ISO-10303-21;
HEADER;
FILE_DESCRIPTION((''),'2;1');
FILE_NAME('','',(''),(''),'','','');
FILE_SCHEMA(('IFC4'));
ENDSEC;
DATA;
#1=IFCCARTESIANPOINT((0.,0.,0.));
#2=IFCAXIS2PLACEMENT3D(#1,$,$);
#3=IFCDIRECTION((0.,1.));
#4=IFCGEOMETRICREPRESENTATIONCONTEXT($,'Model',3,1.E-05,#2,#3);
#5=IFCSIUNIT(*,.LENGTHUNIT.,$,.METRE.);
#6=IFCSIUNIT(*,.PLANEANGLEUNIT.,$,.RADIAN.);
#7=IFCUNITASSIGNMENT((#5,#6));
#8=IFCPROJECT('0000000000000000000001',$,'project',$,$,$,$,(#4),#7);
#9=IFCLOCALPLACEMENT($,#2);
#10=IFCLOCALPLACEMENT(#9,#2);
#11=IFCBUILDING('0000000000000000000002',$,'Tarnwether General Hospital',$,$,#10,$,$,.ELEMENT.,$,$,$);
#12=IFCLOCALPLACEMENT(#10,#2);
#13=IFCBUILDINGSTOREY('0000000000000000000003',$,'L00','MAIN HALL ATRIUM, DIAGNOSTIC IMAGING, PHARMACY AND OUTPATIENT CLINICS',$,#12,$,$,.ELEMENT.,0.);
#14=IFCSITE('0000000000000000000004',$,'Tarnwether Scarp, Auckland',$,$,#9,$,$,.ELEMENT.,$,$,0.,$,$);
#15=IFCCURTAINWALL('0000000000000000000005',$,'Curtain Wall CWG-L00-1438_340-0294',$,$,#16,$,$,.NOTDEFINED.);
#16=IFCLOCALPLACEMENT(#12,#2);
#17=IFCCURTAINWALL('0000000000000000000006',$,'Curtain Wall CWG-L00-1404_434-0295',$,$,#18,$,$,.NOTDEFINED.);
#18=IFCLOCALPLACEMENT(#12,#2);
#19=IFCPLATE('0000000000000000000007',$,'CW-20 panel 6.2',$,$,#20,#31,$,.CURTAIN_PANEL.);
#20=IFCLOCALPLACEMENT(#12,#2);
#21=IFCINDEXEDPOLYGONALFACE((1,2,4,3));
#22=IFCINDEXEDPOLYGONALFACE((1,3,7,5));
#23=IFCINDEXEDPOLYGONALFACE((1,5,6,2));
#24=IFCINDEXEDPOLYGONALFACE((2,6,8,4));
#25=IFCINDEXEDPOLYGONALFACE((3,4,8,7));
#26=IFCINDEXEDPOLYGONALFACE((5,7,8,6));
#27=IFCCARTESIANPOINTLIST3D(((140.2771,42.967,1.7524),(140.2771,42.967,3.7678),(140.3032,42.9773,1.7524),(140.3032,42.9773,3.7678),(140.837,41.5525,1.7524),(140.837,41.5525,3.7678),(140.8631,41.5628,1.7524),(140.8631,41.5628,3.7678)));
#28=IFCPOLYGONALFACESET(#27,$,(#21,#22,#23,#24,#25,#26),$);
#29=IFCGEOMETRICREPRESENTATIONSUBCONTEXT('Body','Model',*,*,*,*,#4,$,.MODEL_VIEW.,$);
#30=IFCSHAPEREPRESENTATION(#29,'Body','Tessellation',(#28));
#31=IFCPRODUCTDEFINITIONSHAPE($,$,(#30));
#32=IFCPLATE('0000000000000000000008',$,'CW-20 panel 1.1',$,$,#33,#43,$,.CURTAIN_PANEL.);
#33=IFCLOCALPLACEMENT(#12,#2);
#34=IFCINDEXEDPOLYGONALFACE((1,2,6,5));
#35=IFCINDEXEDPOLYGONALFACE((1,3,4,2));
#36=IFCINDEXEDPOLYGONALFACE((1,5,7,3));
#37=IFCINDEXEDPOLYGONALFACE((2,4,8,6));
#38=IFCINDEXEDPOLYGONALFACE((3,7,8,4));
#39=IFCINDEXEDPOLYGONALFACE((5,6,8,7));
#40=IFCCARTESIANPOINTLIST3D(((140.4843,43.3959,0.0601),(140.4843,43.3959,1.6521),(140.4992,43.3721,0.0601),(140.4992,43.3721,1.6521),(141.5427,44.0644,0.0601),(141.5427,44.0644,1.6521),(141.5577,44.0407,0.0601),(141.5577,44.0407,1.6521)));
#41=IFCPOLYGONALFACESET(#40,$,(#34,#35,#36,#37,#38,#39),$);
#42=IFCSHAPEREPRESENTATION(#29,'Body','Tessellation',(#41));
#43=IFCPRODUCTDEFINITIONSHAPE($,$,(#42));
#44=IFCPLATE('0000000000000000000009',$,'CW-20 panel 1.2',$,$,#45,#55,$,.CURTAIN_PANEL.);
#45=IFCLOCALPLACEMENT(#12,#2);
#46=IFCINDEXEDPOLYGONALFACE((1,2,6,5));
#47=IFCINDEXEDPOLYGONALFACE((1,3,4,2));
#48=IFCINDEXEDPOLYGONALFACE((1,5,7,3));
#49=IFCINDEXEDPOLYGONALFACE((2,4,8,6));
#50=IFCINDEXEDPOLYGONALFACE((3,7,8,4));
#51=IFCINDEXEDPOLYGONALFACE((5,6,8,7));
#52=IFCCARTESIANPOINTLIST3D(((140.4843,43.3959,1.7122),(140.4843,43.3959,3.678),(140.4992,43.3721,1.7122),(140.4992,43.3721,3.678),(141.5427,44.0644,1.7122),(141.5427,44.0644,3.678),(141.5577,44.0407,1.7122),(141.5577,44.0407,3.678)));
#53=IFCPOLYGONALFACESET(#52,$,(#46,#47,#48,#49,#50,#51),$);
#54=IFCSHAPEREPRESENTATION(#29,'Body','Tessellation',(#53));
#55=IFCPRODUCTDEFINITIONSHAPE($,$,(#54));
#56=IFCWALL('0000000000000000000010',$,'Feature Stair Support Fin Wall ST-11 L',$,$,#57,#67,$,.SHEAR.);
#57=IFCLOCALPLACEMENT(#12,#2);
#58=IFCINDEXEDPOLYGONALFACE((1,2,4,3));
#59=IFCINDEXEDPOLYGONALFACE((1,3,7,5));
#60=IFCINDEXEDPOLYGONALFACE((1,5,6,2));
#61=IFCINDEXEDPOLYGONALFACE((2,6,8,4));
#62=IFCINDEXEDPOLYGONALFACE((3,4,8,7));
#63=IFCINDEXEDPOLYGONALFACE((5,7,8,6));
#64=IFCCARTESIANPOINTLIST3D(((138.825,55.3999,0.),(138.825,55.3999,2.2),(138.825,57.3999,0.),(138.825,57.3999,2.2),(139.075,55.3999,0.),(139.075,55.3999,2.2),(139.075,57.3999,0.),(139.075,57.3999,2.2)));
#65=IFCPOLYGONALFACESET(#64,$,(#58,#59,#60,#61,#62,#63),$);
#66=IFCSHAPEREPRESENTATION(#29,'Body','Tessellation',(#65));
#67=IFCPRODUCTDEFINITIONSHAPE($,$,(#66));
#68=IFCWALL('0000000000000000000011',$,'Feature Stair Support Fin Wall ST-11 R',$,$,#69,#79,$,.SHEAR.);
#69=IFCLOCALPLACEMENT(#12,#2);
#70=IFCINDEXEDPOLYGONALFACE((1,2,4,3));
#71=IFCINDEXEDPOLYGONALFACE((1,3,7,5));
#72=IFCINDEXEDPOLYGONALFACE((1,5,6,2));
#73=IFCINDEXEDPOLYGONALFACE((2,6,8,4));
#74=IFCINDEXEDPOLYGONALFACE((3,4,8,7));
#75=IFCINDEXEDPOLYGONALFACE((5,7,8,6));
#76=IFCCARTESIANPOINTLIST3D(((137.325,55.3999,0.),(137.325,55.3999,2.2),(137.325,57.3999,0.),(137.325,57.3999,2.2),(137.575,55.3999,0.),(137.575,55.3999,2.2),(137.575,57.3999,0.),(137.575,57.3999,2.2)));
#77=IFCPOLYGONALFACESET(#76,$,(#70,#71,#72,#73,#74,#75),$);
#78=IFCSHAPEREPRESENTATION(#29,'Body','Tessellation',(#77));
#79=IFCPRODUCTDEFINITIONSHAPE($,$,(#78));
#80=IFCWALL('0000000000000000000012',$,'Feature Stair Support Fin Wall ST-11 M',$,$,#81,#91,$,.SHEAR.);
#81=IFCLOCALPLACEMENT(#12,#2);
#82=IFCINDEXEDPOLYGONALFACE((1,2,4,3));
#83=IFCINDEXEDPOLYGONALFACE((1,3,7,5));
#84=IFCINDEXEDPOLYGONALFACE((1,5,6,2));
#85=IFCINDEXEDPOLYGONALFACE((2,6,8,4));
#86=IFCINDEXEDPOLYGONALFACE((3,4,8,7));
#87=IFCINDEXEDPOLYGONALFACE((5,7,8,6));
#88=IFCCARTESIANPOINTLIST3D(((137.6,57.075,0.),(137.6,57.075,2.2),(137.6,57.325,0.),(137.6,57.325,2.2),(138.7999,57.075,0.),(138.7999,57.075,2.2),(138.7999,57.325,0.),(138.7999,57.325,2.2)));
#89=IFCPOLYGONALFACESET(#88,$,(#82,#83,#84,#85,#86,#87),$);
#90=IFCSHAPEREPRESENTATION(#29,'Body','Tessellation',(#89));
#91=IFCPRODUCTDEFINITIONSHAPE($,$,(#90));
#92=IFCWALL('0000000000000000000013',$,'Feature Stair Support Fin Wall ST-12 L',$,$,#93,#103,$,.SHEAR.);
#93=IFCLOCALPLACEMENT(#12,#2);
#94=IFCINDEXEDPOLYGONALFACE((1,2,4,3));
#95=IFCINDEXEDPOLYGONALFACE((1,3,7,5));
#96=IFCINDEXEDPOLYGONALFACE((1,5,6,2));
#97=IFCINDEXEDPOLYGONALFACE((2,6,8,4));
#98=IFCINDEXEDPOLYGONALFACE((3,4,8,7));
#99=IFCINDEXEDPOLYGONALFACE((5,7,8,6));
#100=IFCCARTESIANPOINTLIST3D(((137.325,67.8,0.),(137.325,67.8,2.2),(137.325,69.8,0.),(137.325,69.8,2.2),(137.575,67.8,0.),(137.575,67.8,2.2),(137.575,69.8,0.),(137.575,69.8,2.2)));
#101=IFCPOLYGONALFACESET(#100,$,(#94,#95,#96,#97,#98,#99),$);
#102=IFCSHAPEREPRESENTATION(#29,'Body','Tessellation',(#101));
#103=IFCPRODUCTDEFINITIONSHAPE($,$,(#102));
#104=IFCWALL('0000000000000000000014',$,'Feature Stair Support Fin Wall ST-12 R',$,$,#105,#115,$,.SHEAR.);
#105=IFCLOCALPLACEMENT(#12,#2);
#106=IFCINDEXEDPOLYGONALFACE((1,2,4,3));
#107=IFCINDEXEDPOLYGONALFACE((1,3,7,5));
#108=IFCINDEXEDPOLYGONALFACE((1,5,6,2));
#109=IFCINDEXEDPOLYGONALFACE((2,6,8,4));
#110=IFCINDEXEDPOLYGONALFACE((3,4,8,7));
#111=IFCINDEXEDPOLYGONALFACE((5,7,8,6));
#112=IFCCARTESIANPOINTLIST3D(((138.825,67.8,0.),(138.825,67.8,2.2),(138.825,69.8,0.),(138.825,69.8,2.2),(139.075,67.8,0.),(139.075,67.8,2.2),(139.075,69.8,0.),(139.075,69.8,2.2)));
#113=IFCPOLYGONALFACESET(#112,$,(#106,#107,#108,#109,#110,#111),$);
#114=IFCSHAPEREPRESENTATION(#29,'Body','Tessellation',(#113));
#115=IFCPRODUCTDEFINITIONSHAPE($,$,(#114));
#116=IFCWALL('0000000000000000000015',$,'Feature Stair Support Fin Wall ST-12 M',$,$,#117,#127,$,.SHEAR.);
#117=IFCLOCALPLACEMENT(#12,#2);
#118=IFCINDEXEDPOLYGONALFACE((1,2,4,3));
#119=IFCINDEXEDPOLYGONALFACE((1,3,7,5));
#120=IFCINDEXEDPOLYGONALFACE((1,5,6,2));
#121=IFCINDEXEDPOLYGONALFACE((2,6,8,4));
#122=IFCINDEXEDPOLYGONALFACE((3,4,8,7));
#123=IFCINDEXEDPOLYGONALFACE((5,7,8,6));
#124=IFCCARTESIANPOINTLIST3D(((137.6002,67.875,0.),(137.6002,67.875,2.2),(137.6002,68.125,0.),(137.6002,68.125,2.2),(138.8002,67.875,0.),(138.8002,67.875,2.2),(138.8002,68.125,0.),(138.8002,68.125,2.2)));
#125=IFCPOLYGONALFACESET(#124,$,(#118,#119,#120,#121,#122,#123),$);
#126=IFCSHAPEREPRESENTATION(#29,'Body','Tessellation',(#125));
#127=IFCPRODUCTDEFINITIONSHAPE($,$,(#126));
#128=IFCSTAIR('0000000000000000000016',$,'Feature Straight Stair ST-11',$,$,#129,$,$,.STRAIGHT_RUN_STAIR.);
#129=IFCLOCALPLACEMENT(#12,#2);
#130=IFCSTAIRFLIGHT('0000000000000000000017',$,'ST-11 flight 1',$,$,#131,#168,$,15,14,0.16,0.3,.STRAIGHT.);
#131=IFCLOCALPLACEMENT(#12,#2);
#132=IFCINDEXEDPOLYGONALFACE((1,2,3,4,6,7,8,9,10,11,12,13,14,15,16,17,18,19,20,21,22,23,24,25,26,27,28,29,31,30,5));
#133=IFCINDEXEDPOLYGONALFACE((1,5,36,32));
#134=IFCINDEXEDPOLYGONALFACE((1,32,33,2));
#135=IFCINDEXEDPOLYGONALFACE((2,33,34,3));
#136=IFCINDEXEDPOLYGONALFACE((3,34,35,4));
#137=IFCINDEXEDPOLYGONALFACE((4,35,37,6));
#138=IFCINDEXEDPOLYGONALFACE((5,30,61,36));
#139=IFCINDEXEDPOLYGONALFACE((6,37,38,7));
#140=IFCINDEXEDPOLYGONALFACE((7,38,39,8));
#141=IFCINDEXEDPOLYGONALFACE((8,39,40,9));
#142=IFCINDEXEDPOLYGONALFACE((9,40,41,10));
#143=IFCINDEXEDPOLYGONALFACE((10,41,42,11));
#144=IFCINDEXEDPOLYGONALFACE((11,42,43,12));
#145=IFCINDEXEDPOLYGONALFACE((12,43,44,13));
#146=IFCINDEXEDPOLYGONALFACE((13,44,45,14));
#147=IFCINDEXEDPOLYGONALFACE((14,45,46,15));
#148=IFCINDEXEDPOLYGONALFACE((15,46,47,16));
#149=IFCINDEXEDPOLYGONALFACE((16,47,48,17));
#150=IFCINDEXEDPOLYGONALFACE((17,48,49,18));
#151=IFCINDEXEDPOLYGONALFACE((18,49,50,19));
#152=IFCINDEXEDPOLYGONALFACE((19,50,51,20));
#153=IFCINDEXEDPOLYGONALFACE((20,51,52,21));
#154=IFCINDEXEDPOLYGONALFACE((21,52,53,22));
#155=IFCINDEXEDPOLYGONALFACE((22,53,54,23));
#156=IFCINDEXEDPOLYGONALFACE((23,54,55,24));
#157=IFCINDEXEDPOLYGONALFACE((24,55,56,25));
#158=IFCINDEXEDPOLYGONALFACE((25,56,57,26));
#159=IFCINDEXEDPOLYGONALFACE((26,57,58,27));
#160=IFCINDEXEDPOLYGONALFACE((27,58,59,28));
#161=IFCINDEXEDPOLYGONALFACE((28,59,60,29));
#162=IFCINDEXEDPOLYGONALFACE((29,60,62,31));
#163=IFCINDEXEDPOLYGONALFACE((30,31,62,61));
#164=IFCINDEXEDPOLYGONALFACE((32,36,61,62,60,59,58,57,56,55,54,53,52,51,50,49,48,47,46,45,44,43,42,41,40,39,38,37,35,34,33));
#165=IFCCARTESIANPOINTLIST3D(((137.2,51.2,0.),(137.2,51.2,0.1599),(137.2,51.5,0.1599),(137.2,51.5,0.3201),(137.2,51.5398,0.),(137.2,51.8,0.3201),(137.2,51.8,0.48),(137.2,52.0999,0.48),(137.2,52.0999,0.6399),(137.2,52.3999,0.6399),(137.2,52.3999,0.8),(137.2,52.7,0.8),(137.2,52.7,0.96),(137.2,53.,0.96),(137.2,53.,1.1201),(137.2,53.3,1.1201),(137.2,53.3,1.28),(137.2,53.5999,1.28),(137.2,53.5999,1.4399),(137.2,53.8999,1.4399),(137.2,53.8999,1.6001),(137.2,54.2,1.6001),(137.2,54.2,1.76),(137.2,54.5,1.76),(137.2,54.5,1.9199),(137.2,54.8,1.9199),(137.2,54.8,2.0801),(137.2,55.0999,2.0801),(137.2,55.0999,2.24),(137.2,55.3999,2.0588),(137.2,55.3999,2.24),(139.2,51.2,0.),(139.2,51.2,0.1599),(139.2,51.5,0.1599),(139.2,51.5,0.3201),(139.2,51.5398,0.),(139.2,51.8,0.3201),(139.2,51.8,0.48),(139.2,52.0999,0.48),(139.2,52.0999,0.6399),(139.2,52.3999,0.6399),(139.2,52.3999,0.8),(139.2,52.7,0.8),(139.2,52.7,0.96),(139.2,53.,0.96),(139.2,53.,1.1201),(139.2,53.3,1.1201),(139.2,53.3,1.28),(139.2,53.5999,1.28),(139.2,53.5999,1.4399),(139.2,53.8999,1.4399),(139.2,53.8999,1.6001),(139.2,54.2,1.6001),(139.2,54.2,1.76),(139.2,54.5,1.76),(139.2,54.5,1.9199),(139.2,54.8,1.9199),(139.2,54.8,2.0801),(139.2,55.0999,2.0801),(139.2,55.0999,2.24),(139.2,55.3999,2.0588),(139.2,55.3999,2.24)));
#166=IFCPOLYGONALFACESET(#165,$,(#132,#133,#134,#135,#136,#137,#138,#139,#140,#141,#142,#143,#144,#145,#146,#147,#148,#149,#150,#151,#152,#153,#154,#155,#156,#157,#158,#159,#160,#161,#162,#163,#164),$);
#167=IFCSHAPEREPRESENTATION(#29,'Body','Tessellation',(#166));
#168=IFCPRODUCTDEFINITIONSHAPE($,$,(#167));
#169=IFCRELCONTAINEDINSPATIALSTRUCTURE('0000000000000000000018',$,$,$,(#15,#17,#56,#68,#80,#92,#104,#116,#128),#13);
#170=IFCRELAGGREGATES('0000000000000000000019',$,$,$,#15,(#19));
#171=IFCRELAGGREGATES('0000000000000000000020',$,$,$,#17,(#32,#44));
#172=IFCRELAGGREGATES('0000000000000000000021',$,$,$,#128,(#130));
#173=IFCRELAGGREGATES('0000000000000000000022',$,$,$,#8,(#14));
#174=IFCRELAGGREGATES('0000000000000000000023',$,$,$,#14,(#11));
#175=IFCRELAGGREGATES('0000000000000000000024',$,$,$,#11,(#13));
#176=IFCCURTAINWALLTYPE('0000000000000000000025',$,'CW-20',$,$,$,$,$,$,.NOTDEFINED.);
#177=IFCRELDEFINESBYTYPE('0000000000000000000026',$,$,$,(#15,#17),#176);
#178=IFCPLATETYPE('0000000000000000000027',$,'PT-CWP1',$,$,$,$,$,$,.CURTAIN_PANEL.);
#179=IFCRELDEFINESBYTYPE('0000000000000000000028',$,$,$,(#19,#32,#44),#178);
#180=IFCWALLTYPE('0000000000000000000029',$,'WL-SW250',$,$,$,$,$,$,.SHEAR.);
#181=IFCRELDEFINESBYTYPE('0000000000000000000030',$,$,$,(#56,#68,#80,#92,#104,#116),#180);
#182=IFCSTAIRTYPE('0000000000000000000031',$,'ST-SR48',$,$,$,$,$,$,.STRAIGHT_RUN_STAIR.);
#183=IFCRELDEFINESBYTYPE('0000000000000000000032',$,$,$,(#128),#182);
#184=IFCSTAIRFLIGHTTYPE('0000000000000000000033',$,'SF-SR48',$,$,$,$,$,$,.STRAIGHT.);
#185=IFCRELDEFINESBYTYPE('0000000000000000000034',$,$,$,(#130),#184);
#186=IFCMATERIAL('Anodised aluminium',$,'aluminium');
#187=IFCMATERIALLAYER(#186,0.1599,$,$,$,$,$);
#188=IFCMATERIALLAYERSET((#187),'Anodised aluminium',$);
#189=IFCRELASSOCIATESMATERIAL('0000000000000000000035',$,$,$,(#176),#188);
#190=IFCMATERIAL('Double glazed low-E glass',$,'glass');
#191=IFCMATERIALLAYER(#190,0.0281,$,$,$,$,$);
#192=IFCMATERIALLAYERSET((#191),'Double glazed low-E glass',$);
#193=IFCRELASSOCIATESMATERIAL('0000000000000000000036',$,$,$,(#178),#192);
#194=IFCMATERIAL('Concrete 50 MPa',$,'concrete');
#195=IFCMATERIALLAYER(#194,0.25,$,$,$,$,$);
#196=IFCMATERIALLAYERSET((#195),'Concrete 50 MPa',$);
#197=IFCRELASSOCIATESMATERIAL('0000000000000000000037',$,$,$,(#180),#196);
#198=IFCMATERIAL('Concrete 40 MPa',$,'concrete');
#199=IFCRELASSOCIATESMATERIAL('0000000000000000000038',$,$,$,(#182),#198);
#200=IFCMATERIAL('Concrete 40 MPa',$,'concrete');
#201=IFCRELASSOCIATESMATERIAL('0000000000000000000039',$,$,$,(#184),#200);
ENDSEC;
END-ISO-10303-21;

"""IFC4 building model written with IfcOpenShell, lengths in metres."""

from ifc_helpers import new_model, si_unit, direction, frame, frame_2d, origin, origin_2d, place, context, subcontext, project, spatial, polyline, rectangle, outline, extrude, material, layer, layer_set, type_object, element, aggregate, save


model = new_model("IFC4")

# Units and contexts
model_context = context("Model", 3, precision=1e-05, world=origin(), true_north=direction((0.0, 1.0)))
body_context = subcontext(model_context, "Body", "Model", "MODEL_VIEW")
ifc_project = project(units=[si_unit("LENGTHUNIT", "METRE"), si_unit("PLANEANGLEUNIT", "RADIAN")], contexts=[model_context])

# Site, building, storey
site_placement = place(None, origin())
site = spatial("IfcSite", under=ifc_project, at=site_placement, Name="Tarnwether Scarp, Auckland", CompositionType="ELEMENT", RefElevation=0.0)
building_placement = place(site_placement, origin())
building = spatial("IfcBuilding", under=site, at=building_placement, Name="Tarnwether General Hospital", CompositionType="ELEMENT")
storey_placement = place(building_placement, origin())
storey = spatial("IfcBuildingStorey", under=building, at=storey_placement, Name="L00", Description="MAIN HALL ATRIUM, DIAGNOSTIC IMAGING, PHARMACY AND OUTPATIENT CLINICS", CompositionType="ELEMENT", Elevation=0.0)

# Curtain wall
ifc_material_1 = material(Name="Anodised aluminium", Category="aluminium")
ifc_layer_1 = layer(ifc_material_1, 0.1599)
ifc_layer_set_1 = layer_set([ifc_layer_1], Name="Anodised aluminium")
curtain_wall_type = type_object("IfcCurtainWallType", Name="CW-20", PredefinedType="NOTDEFINED", material=ifc_layer_set_1)
curtain_wall_1_placement = place(storey_placement, origin())
curtain_wall_1 = element("IfcCurtainWall", 1, at=curtain_wall_1_placement, inside=storey, type_object=curtain_wall_type, Name="Curtain Wall CWG-L00-1438_340-0294", PredefinedType="NOTDEFINED")

# Curtain wall
curtain_wall_2_placement = place(storey_placement, origin())
curtain_wall_2 = element("IfcCurtainWall", 2, at=curtain_wall_2_placement, inside=storey, type_object=curtain_wall_type, Name="Curtain Wall CWG-L00-1404_434-0295", PredefinedType="NOTDEFINED")

# Plates
ifc_material_2 = material(Name="Double glazed low-E glass", Category="glass")
ifc_layer_2 = layer(ifc_material_2, 0.0281)
ifc_layer_set_2 = layer_set([ifc_layer_2], Name="Double glazed low-E glass")
plate_type = type_object("IfcPlateType", Name="PT-CWP1", PredefinedType="CURTAIN_PANEL", material=ifc_layer_set_2)
plate_1_placement = place(storey_placement, frame((140.5701, 42.2649, 1.7524), z_axis=(0.0, 0.0, 1.0), x_axis=(-0.368035, 0.929812, 0.0)))
plate_1 = element("IfcPlate", 3, at=plate_1_placement, type_object=plate_type, Name="CW-20 panel 6.2", PredefinedType="CURTAIN_PANEL", context=body_context, shape_type="SweptSolid", body=[
    extrude(rectangle(XDim=1.5212, YDim=0.0281, at=origin_2d()), origin(), (0.0, 0.0, 1.0), 2.0154),
])
aggregate(curtain_wall_1, [plate_1])
plate_2_placement = place(storey_placement, frame((141.021, 43.7183, 0.0601), z_axis=(0.0, 0.0, 1.0), x_axis=(0.845477, 0.534012, 0.0)))
plate_2 = element("IfcPlate", 4, at=plate_2_placement, type_object=plate_type, Name="CW-20 panel 1.1", PredefinedType="CURTAIN_PANEL", context=body_context, shape_type="SweptSolid", body=[
    extrude(rectangle(XDim=1.252, YDim=0.0281, at=origin_2d()), origin(), (0.0, 0.0, 1.0), 1.592),
])
plate_3_placement = place(storey_placement, frame((141.021, 43.7183, 1.7122), z_axis=(0.0, 0.0, 1.0), x_axis=(0.845477, 0.534012, 0.0)))
plate_3 = element("IfcPlate", 5, at=plate_3_placement, type_object=plate_type, Name="CW-20 panel 1.2", PredefinedType="CURTAIN_PANEL", context=body_context, shape_type="SweptSolid", body=[
    extrude(rectangle(XDim=1.252, YDim=0.0281, at=origin_2d()), origin(), (0.0, 0.0, 1.0), 1.9658),
])
aggregate(curtain_wall_2, [plate_2, plate_3])

# Walls
ifc_material_3 = material(Name="Concrete 50 MPa", Category="concrete")
ifc_layer_3 = layer(ifc_material_3, 0.25)
ifc_layer_set_3 = layer_set([ifc_layer_3], Name="Concrete 50 MPa")
wall_type = type_object("IfcWallType", Name="WL-SW250", PredefinedType="SHEAR", material=ifc_layer_set_3)
for number, where, z_axis, x_axis, name in (
    (6, (138.95, 55.3999, 0.0), (0.0, 0.0, 1.0), (0.0, 1.0, 0.0), "Feature Stair Support Fin Wall ST-11 L"),
    (7, (137.45, 55.3999, 0.0), (0.0, 0.0, 1.0), (0.0, 1.0, 0.0), "Feature Stair Support Fin Wall ST-11 R"),
):
    element("IfcWall", number, at=place(storey_placement, frame(where, z_axis=z_axis, x_axis=x_axis)), inside=storey, type_object=wall_type, Name=name, PredefinedType="SHEAR", context=body_context, shape_type="SweptSolid", body=[
        extrude(rectangle(XDim=2.0, YDim=0.25, at=frame_2d((1.0, 0.0))), origin(), (0.0, 0.0, 1.0), 2.2),
    ])
wall_1_placement = place(storey_placement, frame((138.8, 57.2, 0.0), z_axis=(0.0, 0.0, 1.0), x_axis=(-1.0, 0.0, 0.0)))
element("IfcWall", 8, at=wall_1_placement, inside=storey, type_object=wall_type, Name="Feature Stair Support Fin Wall ST-11 M", PredefinedType="SHEAR", context=body_context, shape_type="SweptSolid", body=[
    extrude(rectangle(XDim=1.2, YDim=0.25, at=frame_2d((0.6001, 0.0))), origin(), (0.0, 0.0, 1.0), 2.2),
])
for number, where, z_axis, x_axis, name in (
    (9, (137.45, 69.8, 0.0), (0.0, 0.0, 1.0), (0.0, -1.0, 0.0), "Feature Stair Support Fin Wall ST-12 L"),
    (10, (138.95, 69.8, 0.0), (0.0, 0.0, 1.0), (0.0, -1.0, 0.0), "Feature Stair Support Fin Wall ST-12 R"),
):
    element("IfcWall", number, at=place(storey_placement, frame(where, z_axis=z_axis, x_axis=x_axis)), inside=storey, type_object=wall_type, Name=name, PredefinedType="SHEAR", context=body_context, shape_type="SweptSolid", body=[
        extrude(rectangle(XDim=2.0, YDim=0.25, at=frame_2d((1.0, 0.0))), origin(), (0.0, 0.0, 1.0), 2.2),
    ])
wall_2_placement = place(storey_placement, frame((137.6001, 68.0, 0.0), z_axis=(0.0, 0.0, 1.0), x_axis=(1.0, 0.0, 0.0)))
element("IfcWall", 11, at=wall_2_placement, inside=storey, type_object=wall_type, Name="Feature Stair Support Fin Wall ST-12 M", PredefinedType="SHEAR", context=body_context, shape_type="SweptSolid", body=[
    extrude(rectangle(XDim=1.2, YDim=0.25, at=frame_2d((0.6001, 0.0))), origin(), (0.0, 0.0, 1.0), 2.2),
])

# Stair, stair flight
ifc_material_4 = material(Name="Concrete 40 MPa", Category="concrete")
stair_type = type_object("IfcStairType", Name="ST-SR48", PredefinedType="STRAIGHT_RUN_STAIR", material=ifc_material_4)
stair_1_placement = place(storey_placement, origin())
stair_1 = element("IfcStair", 12, at=stair_1_placement, inside=storey, type_object=stair_type, Name="Feature Straight Stair ST-11", PredefinedType="STRAIGHT_RUN_STAIR")
ifc_material_5 = material(Name="Concrete 40 MPa", Category="concrete")
stair_flight_type = type_object("IfcStairFlightType", Name="SF-SR48", PredefinedType="STRAIGHT", material=ifc_material_5)
stair_flight_1_placement = place(storey_placement, frame((138.2, 51.2, 0.0), z_axis=(0.0, 0.0, 1.0), x_axis=(0.0, 1.0, 0.0)))
stair_flight_1 = element("IfcStairFlight", 13, at=stair_flight_1_placement, type_object=stair_flight_type, Name="ST-11 flight 1", NumberOfRisers=15, NumberOfTreads=14, PredefinedType="STRAIGHT", RiserHeight=0.16, TreadLength=0.3, context=body_context, shape_type="SweptSolid", body=[
    extrude(outline(polyline([(0.0, 0.0), (0.0, 0.1599), (0.3, 0.1599), (0.3, 0.3201), (0.6001, 0.3201), (0.6001, 0.48), (0.8999, 0.48), (0.8999, 0.6399), (1.2, 0.6399), (1.2, 0.8), (1.5, 0.8), (1.5, 0.96), (1.8, 0.96), (1.8, 1.1201), (2.1001, 1.1201), (2.1001, 1.28), (2.3999, 1.28), (2.3999, 1.4399), (2.7, 1.4399), (2.7, 1.6001), (3.0, 1.6001), (3.0, 1.76), (3.3, 1.76), (3.3, 1.9199), (3.6001, 1.9199), (3.6001, 2.0801), (3.8999, 2.0801), (3.8999, 2.24), (4.2, 2.24), (4.2, 2.3999), (4.2, 2.0588), (0.3398, 0.0), (0.0, 0.0)])), frame((0.0, 1.0, 0.0), z_axis=(0.0, -1.0, 0.0), x_axis=(1.0, 0.0, 0.0)), (0.0, 0.0, 1.0), 2.0),
])
aggregate(stair_1, [stair_flight_1])

save(model, "model.ifc")
